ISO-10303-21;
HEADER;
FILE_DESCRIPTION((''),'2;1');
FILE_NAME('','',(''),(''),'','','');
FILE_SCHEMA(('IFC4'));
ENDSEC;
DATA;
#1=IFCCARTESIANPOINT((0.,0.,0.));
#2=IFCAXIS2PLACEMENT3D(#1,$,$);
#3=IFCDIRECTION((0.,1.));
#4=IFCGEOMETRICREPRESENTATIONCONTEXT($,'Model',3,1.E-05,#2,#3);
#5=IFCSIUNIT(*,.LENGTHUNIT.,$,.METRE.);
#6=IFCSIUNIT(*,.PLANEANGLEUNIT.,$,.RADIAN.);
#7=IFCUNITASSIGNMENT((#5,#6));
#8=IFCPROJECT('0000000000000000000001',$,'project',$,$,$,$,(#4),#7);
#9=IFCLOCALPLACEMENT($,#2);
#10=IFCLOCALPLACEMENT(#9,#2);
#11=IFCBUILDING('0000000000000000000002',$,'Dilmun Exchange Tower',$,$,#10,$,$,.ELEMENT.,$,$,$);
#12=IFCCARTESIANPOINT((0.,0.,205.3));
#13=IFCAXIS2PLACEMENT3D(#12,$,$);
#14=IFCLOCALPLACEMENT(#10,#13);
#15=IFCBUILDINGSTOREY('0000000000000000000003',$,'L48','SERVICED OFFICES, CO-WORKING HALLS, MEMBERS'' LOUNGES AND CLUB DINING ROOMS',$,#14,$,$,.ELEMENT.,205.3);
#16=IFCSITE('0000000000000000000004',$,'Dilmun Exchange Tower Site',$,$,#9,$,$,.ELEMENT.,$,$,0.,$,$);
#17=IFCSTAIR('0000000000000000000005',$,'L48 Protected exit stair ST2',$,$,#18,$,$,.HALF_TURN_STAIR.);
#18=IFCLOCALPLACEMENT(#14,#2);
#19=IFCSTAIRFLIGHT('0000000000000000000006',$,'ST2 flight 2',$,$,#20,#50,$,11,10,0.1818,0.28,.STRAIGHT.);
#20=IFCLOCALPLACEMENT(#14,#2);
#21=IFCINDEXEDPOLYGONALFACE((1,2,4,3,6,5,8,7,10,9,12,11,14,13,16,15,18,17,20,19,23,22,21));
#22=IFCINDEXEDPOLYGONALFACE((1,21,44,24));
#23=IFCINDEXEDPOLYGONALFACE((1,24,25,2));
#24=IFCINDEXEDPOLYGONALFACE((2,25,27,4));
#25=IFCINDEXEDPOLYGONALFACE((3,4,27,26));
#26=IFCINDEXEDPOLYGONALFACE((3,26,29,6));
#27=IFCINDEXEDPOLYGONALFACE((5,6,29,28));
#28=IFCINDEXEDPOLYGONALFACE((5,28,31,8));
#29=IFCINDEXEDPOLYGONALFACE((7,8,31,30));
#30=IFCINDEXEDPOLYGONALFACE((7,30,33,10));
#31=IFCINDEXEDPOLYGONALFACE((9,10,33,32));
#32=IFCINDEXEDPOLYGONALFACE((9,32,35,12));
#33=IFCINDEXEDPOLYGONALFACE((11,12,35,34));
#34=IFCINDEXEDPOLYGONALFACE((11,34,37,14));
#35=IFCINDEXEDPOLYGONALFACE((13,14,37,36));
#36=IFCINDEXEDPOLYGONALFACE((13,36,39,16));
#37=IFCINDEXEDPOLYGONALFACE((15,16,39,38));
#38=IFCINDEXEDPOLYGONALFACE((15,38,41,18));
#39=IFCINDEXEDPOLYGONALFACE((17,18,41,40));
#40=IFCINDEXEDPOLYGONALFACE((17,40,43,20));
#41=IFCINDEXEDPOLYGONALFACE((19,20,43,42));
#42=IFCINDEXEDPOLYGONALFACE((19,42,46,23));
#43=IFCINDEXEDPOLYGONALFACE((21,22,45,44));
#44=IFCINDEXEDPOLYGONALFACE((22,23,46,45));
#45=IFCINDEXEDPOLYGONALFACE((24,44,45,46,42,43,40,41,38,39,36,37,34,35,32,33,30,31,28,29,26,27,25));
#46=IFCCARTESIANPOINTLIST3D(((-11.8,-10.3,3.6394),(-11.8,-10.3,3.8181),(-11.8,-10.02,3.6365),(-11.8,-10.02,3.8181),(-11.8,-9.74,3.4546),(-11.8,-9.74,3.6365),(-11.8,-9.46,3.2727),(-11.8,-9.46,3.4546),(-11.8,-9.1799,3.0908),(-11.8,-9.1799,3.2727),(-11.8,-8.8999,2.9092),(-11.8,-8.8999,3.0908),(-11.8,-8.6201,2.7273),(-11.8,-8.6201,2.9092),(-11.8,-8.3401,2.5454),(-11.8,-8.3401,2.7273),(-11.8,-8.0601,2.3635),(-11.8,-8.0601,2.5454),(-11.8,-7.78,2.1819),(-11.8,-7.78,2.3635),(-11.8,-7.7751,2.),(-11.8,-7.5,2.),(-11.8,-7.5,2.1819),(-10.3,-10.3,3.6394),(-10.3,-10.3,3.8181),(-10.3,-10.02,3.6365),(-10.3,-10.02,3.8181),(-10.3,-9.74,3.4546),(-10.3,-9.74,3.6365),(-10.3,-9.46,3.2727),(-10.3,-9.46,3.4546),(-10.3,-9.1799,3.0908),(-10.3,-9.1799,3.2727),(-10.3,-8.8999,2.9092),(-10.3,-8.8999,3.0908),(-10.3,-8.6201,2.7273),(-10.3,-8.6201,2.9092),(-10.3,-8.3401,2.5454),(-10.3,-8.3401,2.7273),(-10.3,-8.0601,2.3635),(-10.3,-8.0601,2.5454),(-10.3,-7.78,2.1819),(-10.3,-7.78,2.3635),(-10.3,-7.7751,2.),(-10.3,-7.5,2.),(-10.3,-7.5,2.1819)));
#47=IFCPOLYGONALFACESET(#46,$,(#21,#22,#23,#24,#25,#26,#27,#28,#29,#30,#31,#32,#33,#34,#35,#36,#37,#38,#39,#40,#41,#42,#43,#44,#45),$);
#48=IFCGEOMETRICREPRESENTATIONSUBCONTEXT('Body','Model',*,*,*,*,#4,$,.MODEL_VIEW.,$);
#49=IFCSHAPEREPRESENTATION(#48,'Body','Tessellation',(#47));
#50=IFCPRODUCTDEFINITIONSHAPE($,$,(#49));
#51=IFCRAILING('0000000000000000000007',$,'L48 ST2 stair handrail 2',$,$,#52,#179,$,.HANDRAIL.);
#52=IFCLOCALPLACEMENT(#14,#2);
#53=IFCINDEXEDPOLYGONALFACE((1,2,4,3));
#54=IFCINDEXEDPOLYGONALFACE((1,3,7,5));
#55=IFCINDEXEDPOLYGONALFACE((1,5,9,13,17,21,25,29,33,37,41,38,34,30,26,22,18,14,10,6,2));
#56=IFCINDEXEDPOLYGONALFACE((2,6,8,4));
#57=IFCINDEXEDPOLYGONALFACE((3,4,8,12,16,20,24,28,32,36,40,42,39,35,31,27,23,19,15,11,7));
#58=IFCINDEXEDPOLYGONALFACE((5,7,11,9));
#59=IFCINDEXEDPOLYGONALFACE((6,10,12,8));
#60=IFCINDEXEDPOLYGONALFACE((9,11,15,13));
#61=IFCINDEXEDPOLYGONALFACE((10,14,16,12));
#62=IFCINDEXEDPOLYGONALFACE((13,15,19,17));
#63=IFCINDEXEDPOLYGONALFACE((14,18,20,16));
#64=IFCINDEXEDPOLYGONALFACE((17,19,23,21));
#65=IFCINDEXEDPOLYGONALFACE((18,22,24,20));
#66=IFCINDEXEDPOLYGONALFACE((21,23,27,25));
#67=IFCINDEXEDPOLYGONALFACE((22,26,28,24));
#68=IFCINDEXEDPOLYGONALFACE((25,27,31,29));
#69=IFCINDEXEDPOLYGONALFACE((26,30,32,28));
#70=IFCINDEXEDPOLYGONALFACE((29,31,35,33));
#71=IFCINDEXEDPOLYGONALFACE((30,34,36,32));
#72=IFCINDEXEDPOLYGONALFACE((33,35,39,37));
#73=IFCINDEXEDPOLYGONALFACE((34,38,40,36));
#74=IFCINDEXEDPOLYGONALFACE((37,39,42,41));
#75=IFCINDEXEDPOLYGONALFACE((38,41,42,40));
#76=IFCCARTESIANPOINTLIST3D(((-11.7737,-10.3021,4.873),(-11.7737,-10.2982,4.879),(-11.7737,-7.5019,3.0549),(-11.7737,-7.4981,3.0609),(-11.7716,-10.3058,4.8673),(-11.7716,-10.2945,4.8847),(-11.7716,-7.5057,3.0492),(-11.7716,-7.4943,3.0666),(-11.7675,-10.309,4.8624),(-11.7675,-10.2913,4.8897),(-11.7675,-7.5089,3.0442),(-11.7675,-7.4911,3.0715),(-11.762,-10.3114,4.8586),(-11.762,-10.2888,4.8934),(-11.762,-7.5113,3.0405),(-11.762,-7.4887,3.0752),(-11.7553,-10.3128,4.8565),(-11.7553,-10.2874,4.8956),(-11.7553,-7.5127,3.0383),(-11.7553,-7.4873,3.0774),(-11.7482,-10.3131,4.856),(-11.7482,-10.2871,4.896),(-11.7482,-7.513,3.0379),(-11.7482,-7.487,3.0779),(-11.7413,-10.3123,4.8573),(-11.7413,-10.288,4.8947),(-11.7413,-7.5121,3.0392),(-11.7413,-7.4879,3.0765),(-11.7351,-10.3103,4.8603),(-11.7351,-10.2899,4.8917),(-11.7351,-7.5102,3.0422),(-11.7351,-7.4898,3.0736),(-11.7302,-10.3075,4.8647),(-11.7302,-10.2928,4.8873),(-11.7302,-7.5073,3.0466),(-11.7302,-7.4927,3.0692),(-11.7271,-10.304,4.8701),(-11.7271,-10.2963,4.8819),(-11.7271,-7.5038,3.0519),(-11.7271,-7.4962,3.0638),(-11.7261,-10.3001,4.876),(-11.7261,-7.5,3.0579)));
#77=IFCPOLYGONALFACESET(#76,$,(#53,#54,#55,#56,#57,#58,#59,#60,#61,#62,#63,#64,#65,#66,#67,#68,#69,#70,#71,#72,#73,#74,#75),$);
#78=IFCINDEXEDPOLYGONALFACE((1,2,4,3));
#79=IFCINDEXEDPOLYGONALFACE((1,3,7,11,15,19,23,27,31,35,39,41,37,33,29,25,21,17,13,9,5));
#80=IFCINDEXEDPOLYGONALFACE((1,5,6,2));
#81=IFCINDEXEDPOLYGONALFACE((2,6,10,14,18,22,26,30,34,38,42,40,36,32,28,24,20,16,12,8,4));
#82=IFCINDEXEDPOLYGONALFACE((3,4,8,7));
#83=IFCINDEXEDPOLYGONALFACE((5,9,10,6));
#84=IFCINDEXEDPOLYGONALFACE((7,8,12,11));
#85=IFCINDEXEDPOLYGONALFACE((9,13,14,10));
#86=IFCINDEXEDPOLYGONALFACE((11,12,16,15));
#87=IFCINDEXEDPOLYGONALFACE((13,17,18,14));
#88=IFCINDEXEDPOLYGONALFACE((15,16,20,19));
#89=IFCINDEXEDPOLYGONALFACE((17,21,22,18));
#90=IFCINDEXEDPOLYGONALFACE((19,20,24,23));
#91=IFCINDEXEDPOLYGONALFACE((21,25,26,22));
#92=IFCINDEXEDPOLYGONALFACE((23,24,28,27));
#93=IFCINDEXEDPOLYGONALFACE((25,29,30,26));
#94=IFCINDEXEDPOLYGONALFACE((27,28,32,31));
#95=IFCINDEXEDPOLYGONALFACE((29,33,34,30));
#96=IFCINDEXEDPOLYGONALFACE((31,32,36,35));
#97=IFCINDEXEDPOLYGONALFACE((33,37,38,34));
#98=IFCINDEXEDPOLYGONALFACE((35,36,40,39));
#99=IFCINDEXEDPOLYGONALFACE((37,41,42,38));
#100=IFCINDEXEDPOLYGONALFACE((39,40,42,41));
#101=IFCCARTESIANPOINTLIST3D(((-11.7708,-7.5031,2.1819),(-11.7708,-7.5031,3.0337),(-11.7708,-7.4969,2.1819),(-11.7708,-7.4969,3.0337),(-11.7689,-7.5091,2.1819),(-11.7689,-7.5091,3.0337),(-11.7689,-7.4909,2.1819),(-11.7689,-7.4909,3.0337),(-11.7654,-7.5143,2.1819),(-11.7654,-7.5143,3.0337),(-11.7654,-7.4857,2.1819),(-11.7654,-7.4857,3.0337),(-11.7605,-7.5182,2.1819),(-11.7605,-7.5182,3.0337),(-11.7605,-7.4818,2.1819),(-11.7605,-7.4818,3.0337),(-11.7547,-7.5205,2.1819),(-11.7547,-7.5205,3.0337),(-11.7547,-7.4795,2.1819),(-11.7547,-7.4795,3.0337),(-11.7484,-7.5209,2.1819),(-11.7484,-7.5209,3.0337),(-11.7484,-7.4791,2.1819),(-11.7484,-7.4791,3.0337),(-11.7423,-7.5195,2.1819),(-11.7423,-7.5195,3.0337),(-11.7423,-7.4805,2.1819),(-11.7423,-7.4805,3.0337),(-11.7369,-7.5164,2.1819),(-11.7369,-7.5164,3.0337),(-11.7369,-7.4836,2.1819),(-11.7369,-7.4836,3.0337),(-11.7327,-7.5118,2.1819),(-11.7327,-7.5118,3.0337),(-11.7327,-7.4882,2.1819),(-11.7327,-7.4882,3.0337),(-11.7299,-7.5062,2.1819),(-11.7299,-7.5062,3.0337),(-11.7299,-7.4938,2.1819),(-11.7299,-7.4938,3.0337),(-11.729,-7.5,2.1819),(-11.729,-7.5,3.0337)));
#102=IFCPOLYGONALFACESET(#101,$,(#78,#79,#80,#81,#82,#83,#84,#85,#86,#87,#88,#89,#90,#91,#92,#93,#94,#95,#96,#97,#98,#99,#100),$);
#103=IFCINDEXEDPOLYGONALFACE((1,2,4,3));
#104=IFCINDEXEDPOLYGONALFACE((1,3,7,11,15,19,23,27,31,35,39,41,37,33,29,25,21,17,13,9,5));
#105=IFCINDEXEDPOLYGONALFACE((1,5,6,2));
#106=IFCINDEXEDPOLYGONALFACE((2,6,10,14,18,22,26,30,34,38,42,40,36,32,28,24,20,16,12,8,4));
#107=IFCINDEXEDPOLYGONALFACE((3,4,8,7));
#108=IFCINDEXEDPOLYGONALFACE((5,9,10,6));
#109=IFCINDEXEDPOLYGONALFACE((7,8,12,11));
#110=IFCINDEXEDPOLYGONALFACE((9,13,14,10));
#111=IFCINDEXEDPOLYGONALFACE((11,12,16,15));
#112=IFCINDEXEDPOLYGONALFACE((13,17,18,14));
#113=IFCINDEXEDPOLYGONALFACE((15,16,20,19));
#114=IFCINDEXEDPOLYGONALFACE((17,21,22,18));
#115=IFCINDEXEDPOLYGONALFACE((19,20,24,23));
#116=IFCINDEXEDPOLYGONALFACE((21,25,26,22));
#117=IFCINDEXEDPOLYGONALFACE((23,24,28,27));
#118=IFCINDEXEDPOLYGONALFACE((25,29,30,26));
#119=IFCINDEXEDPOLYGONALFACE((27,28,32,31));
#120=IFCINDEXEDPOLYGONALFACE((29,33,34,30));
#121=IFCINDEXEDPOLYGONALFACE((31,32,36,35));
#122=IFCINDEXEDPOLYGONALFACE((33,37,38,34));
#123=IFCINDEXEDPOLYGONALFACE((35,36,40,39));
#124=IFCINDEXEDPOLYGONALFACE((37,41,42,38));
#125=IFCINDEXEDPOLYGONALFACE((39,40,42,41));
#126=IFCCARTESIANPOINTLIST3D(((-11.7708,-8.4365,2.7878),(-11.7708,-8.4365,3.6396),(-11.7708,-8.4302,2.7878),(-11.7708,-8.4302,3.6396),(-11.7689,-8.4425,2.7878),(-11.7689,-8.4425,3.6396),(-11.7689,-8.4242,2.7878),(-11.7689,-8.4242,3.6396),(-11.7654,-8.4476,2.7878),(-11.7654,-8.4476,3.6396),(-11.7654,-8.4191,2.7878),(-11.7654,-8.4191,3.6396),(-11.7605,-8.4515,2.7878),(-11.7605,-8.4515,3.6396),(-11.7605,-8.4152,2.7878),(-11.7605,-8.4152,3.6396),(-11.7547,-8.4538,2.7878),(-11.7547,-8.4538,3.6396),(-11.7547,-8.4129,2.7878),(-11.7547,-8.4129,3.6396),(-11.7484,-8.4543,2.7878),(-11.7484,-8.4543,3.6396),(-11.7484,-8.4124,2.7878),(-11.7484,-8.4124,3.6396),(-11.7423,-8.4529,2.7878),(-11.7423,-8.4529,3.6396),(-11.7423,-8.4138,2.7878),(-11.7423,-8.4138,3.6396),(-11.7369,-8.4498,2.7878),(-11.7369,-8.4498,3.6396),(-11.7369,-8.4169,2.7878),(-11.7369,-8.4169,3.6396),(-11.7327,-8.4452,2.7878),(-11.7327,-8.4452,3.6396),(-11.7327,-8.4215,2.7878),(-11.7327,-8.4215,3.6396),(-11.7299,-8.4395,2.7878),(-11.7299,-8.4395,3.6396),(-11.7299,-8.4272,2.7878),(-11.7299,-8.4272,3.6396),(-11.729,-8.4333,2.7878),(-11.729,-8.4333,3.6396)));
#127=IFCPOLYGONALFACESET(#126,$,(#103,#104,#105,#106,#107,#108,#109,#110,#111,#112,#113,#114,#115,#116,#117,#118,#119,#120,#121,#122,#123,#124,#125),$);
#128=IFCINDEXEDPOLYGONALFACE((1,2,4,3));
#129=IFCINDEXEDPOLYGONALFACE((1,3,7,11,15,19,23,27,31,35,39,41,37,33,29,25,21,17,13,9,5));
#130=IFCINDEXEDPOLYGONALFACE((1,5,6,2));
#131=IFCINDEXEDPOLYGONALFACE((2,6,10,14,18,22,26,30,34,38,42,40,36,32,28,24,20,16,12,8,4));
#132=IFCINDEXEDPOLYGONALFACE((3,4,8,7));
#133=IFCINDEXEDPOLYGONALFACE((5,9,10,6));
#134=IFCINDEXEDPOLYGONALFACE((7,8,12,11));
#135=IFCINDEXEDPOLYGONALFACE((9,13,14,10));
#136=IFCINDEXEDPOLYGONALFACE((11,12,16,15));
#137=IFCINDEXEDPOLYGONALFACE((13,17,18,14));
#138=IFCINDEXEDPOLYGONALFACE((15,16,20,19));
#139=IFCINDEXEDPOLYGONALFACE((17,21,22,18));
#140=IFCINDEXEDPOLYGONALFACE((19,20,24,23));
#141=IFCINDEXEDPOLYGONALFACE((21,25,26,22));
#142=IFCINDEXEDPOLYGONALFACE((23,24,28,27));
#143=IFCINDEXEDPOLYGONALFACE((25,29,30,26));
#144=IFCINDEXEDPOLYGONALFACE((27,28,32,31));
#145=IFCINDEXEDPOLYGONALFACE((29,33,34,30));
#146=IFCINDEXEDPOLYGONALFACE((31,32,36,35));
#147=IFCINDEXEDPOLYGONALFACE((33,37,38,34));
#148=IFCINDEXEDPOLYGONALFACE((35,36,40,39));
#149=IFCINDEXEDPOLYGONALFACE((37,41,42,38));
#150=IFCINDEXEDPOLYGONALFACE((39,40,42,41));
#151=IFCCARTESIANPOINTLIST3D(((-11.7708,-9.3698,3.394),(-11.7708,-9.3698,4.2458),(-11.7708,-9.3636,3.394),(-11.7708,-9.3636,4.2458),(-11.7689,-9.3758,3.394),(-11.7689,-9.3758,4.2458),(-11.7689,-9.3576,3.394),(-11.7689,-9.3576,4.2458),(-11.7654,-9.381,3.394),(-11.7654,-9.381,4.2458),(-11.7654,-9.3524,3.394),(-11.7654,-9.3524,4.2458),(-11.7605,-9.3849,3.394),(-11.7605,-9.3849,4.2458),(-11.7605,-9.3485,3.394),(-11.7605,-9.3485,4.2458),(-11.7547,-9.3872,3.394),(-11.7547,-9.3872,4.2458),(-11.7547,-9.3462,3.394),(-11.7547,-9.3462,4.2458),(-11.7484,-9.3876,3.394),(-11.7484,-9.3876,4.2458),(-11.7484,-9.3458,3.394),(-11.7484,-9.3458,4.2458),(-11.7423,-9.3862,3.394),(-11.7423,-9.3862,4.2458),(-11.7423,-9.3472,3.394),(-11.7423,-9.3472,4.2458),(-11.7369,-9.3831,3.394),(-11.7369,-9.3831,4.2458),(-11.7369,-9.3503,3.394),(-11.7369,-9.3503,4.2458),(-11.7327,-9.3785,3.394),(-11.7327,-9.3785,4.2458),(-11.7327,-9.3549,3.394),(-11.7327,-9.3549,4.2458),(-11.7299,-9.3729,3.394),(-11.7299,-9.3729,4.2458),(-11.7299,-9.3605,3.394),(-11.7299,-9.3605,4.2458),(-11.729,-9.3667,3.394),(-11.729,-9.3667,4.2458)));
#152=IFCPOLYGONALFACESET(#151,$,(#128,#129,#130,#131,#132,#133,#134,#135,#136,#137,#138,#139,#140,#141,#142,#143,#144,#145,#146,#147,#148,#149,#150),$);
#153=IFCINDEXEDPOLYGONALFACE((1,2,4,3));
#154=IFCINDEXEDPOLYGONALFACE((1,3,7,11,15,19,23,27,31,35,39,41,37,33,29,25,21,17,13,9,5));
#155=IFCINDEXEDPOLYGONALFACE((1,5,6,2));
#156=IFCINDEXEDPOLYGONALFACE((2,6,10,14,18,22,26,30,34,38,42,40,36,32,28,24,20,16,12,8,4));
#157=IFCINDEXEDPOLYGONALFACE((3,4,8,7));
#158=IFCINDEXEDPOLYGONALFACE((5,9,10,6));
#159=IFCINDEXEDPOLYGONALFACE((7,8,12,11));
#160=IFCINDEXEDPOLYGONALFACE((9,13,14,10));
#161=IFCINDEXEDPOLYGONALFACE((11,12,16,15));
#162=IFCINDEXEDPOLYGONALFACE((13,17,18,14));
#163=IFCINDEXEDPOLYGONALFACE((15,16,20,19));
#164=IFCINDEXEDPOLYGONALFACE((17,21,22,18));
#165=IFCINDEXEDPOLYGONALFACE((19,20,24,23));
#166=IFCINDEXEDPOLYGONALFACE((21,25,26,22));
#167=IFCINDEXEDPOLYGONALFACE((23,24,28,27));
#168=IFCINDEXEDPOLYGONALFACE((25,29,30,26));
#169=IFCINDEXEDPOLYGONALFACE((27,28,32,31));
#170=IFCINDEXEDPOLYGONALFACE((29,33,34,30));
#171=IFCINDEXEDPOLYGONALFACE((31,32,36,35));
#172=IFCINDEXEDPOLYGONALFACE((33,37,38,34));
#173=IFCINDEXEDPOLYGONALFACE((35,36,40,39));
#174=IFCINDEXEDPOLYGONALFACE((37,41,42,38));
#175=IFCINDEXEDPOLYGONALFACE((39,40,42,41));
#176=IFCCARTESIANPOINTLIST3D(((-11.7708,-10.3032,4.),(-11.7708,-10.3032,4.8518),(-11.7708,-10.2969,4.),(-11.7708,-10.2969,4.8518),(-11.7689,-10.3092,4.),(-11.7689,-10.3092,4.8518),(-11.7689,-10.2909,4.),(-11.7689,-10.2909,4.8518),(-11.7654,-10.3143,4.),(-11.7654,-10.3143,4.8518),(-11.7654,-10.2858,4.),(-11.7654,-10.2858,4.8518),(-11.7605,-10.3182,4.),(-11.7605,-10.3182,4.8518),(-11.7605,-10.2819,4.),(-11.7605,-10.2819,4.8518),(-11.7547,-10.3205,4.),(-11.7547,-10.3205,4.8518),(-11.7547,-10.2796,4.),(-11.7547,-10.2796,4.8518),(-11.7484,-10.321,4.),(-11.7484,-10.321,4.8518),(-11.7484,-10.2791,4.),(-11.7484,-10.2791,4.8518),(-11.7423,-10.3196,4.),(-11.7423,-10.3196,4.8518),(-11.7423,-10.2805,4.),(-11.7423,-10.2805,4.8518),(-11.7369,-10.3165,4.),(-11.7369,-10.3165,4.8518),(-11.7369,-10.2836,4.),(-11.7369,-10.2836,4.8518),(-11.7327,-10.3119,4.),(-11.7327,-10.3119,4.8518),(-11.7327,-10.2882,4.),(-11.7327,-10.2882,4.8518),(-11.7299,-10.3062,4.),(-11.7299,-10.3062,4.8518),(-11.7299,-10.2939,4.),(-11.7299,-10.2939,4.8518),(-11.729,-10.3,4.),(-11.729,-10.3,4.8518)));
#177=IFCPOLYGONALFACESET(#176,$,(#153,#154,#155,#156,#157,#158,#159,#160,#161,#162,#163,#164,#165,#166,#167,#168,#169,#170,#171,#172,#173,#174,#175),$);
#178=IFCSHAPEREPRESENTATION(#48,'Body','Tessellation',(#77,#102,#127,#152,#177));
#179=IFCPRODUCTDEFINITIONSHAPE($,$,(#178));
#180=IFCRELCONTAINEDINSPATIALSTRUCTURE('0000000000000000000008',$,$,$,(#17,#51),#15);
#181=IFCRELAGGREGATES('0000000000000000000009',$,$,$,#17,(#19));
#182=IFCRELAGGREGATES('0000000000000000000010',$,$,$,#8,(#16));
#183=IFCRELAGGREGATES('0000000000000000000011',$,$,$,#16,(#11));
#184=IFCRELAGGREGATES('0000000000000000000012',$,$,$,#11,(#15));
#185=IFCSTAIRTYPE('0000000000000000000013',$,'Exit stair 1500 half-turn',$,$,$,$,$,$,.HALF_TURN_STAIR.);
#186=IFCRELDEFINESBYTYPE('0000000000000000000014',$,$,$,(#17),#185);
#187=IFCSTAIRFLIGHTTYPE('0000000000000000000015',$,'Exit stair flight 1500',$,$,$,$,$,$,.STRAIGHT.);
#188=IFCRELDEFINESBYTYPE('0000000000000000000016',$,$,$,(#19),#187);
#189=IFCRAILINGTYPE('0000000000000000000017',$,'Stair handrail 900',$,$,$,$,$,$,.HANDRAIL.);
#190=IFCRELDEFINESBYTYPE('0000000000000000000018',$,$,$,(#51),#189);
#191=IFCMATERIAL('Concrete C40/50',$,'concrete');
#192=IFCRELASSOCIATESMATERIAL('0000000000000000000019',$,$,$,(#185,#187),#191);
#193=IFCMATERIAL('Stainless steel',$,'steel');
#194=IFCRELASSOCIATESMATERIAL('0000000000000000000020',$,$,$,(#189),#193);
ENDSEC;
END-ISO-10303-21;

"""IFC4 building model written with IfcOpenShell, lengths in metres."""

from ifc_helpers import new_model, si_unit, direction, frame, origin, origin_2d, place, context, subcontext, project, spatial, polyline, circle, outline, extrude, material, type_object, element, aggregate, save


model = new_model("IFC4")

# Units and contexts
model_context = context("Model", 3, precision=1e-05, world=origin(), true_north=direction((0.0, 1.0)))
body_context = subcontext(model_context, "Body", "Model", "MODEL_VIEW")
ifc_project = project(units=[si_unit("LENGTHUNIT", "METRE"), si_unit("PLANEANGLEUNIT", "RADIAN")], contexts=[model_context])

# Site, building, storey
site_placement = place(None, origin())
site = spatial("IfcSite", under=ifc_project, at=site_placement, Name="Dilmun Exchange Tower Site", CompositionType="ELEMENT", RefElevation=0.0)
building_placement = place(site_placement, origin())
building = spatial("IfcBuilding", under=site, at=building_placement, Name="Dilmun Exchange Tower", CompositionType="ELEMENT")
storey_placement = place(building_placement, frame((0.0, 0.0, 205.3)))
storey = spatial("IfcBuildingStorey", under=building, at=storey_placement, Name="L48", Description="SERVICED OFFICES, CO-WORKING HALLS, MEMBERS' LOUNGES AND CLUB DINING ROOMS", CompositionType="ELEMENT", Elevation=205.3)

# Shared definitions
ifc_material_1 = material(Name="Concrete C40/50", Category="concrete")

# Stair, stair flight
stair_type = type_object("IfcStairType", Name="Exit stair 1500 half-turn", PredefinedType="HALF_TURN_STAIR", material=ifc_material_1)
stair_placement = place(storey_placement, origin())
stair = element("IfcStair", 1, at=stair_placement, inside=storey, type_object=stair_type, Name="L48 Protected exit stair ST2", PredefinedType="HALF_TURN_STAIR")
stair_flight_type = type_object("IfcStairFlightType", Name="Exit stair flight 1500", PredefinedType="STRAIGHT", material=ifc_material_1)
stair_flight_placement = place(storey_placement, frame((-11.05, -7.5, 2.0), z_axis=(0.0, 0.0, 1.0), x_axis=(0.0, -1.0, 0.0)))
stair_flight = element("IfcStairFlight", 2, at=stair_flight_placement, type_object=stair_flight_type, Name="ST2 flight 2", NumberOfRisers=11, NumberOfTreads=10, PredefinedType="STRAIGHT", RiserHeight=0.1818, TreadLength=0.28, context=body_context, shape_type="SweptSolid", body=[
    extrude(outline(polyline([(0.0, 0.0), (0.0, 0.1819), (0.28, 0.1819), (0.28, 0.3635), (0.5601, 0.3635), (0.5601, 0.5454), (0.8401, 0.5454), (0.8401, 0.7273), (1.1201, 0.7273), (1.1201, 0.9092), (1.3999, 0.9092), (1.3999, 1.0908), (1.6799, 1.0908), (1.6799, 1.2727), (1.96, 1.2727), (1.96, 1.4546), (2.24, 1.4546), (2.24, 1.6365), (2.52, 1.6365), (2.52, 1.8181), (2.8, 1.8181), (2.8, 2.0), (2.8, 1.6394), (0.2751, 0.0), (0.0, 0.0)])), frame((0.0, 0.75, 0.0), z_axis=(0.0, -1.0, 0.0), x_axis=(1.0, 0.0, 0.0)), (0.0, 0.0, 1.0), 1.5),
])
aggregate(stair, [stair_flight])

# Railing
ifc_material_2 = material(Name="Stainless steel", Category="steel")
railing_type = type_object("IfcRailingType", Name="Stair handrail 900", PredefinedType="HANDRAIL", material=ifc_material_2)
railing_placement = place(storey_placement, frame((-11.75, -7.5, 2.1819)))
element("IfcRailing", 3, at=railing_placement, inside=storey, type_object=railing_type, Name="L48 ST2 stair handrail 2", PredefinedType="HANDRAIL", context=body_context, shape_type="SweptSolid", body=[
    extrude(circle(Radius=0.0239, at=origin_2d()), frame((0.0, 0.0, 0.876), z_axis=(0.0, -0.838706, 0.544585), x_axis=(1.0, 0.0, 0.0)), (0.0, 0.0, 1.0), 3.3386),
    extrude(circle(Radius=0.021, at=origin_2d()), origin(), (0.0, 0.0, 1.0), 0.8518),
    extrude(circle(Radius=0.021, at=origin_2d()), frame((0.0, -0.9333, 0.606)), (0.0, 0.0, 1.0), 0.8518),
    extrude(circle(Radius=0.021, at=origin_2d()), frame((0.0, -1.8667, 1.2122)), (0.0, 0.0, 1.0), 0.8518),
    extrude(circle(Radius=0.021, at=origin_2d()), frame((0.0, -2.8, 1.8181)), (0.0, 0.0, 1.0), 0.8518),
])

save(model, "model.ifc")
